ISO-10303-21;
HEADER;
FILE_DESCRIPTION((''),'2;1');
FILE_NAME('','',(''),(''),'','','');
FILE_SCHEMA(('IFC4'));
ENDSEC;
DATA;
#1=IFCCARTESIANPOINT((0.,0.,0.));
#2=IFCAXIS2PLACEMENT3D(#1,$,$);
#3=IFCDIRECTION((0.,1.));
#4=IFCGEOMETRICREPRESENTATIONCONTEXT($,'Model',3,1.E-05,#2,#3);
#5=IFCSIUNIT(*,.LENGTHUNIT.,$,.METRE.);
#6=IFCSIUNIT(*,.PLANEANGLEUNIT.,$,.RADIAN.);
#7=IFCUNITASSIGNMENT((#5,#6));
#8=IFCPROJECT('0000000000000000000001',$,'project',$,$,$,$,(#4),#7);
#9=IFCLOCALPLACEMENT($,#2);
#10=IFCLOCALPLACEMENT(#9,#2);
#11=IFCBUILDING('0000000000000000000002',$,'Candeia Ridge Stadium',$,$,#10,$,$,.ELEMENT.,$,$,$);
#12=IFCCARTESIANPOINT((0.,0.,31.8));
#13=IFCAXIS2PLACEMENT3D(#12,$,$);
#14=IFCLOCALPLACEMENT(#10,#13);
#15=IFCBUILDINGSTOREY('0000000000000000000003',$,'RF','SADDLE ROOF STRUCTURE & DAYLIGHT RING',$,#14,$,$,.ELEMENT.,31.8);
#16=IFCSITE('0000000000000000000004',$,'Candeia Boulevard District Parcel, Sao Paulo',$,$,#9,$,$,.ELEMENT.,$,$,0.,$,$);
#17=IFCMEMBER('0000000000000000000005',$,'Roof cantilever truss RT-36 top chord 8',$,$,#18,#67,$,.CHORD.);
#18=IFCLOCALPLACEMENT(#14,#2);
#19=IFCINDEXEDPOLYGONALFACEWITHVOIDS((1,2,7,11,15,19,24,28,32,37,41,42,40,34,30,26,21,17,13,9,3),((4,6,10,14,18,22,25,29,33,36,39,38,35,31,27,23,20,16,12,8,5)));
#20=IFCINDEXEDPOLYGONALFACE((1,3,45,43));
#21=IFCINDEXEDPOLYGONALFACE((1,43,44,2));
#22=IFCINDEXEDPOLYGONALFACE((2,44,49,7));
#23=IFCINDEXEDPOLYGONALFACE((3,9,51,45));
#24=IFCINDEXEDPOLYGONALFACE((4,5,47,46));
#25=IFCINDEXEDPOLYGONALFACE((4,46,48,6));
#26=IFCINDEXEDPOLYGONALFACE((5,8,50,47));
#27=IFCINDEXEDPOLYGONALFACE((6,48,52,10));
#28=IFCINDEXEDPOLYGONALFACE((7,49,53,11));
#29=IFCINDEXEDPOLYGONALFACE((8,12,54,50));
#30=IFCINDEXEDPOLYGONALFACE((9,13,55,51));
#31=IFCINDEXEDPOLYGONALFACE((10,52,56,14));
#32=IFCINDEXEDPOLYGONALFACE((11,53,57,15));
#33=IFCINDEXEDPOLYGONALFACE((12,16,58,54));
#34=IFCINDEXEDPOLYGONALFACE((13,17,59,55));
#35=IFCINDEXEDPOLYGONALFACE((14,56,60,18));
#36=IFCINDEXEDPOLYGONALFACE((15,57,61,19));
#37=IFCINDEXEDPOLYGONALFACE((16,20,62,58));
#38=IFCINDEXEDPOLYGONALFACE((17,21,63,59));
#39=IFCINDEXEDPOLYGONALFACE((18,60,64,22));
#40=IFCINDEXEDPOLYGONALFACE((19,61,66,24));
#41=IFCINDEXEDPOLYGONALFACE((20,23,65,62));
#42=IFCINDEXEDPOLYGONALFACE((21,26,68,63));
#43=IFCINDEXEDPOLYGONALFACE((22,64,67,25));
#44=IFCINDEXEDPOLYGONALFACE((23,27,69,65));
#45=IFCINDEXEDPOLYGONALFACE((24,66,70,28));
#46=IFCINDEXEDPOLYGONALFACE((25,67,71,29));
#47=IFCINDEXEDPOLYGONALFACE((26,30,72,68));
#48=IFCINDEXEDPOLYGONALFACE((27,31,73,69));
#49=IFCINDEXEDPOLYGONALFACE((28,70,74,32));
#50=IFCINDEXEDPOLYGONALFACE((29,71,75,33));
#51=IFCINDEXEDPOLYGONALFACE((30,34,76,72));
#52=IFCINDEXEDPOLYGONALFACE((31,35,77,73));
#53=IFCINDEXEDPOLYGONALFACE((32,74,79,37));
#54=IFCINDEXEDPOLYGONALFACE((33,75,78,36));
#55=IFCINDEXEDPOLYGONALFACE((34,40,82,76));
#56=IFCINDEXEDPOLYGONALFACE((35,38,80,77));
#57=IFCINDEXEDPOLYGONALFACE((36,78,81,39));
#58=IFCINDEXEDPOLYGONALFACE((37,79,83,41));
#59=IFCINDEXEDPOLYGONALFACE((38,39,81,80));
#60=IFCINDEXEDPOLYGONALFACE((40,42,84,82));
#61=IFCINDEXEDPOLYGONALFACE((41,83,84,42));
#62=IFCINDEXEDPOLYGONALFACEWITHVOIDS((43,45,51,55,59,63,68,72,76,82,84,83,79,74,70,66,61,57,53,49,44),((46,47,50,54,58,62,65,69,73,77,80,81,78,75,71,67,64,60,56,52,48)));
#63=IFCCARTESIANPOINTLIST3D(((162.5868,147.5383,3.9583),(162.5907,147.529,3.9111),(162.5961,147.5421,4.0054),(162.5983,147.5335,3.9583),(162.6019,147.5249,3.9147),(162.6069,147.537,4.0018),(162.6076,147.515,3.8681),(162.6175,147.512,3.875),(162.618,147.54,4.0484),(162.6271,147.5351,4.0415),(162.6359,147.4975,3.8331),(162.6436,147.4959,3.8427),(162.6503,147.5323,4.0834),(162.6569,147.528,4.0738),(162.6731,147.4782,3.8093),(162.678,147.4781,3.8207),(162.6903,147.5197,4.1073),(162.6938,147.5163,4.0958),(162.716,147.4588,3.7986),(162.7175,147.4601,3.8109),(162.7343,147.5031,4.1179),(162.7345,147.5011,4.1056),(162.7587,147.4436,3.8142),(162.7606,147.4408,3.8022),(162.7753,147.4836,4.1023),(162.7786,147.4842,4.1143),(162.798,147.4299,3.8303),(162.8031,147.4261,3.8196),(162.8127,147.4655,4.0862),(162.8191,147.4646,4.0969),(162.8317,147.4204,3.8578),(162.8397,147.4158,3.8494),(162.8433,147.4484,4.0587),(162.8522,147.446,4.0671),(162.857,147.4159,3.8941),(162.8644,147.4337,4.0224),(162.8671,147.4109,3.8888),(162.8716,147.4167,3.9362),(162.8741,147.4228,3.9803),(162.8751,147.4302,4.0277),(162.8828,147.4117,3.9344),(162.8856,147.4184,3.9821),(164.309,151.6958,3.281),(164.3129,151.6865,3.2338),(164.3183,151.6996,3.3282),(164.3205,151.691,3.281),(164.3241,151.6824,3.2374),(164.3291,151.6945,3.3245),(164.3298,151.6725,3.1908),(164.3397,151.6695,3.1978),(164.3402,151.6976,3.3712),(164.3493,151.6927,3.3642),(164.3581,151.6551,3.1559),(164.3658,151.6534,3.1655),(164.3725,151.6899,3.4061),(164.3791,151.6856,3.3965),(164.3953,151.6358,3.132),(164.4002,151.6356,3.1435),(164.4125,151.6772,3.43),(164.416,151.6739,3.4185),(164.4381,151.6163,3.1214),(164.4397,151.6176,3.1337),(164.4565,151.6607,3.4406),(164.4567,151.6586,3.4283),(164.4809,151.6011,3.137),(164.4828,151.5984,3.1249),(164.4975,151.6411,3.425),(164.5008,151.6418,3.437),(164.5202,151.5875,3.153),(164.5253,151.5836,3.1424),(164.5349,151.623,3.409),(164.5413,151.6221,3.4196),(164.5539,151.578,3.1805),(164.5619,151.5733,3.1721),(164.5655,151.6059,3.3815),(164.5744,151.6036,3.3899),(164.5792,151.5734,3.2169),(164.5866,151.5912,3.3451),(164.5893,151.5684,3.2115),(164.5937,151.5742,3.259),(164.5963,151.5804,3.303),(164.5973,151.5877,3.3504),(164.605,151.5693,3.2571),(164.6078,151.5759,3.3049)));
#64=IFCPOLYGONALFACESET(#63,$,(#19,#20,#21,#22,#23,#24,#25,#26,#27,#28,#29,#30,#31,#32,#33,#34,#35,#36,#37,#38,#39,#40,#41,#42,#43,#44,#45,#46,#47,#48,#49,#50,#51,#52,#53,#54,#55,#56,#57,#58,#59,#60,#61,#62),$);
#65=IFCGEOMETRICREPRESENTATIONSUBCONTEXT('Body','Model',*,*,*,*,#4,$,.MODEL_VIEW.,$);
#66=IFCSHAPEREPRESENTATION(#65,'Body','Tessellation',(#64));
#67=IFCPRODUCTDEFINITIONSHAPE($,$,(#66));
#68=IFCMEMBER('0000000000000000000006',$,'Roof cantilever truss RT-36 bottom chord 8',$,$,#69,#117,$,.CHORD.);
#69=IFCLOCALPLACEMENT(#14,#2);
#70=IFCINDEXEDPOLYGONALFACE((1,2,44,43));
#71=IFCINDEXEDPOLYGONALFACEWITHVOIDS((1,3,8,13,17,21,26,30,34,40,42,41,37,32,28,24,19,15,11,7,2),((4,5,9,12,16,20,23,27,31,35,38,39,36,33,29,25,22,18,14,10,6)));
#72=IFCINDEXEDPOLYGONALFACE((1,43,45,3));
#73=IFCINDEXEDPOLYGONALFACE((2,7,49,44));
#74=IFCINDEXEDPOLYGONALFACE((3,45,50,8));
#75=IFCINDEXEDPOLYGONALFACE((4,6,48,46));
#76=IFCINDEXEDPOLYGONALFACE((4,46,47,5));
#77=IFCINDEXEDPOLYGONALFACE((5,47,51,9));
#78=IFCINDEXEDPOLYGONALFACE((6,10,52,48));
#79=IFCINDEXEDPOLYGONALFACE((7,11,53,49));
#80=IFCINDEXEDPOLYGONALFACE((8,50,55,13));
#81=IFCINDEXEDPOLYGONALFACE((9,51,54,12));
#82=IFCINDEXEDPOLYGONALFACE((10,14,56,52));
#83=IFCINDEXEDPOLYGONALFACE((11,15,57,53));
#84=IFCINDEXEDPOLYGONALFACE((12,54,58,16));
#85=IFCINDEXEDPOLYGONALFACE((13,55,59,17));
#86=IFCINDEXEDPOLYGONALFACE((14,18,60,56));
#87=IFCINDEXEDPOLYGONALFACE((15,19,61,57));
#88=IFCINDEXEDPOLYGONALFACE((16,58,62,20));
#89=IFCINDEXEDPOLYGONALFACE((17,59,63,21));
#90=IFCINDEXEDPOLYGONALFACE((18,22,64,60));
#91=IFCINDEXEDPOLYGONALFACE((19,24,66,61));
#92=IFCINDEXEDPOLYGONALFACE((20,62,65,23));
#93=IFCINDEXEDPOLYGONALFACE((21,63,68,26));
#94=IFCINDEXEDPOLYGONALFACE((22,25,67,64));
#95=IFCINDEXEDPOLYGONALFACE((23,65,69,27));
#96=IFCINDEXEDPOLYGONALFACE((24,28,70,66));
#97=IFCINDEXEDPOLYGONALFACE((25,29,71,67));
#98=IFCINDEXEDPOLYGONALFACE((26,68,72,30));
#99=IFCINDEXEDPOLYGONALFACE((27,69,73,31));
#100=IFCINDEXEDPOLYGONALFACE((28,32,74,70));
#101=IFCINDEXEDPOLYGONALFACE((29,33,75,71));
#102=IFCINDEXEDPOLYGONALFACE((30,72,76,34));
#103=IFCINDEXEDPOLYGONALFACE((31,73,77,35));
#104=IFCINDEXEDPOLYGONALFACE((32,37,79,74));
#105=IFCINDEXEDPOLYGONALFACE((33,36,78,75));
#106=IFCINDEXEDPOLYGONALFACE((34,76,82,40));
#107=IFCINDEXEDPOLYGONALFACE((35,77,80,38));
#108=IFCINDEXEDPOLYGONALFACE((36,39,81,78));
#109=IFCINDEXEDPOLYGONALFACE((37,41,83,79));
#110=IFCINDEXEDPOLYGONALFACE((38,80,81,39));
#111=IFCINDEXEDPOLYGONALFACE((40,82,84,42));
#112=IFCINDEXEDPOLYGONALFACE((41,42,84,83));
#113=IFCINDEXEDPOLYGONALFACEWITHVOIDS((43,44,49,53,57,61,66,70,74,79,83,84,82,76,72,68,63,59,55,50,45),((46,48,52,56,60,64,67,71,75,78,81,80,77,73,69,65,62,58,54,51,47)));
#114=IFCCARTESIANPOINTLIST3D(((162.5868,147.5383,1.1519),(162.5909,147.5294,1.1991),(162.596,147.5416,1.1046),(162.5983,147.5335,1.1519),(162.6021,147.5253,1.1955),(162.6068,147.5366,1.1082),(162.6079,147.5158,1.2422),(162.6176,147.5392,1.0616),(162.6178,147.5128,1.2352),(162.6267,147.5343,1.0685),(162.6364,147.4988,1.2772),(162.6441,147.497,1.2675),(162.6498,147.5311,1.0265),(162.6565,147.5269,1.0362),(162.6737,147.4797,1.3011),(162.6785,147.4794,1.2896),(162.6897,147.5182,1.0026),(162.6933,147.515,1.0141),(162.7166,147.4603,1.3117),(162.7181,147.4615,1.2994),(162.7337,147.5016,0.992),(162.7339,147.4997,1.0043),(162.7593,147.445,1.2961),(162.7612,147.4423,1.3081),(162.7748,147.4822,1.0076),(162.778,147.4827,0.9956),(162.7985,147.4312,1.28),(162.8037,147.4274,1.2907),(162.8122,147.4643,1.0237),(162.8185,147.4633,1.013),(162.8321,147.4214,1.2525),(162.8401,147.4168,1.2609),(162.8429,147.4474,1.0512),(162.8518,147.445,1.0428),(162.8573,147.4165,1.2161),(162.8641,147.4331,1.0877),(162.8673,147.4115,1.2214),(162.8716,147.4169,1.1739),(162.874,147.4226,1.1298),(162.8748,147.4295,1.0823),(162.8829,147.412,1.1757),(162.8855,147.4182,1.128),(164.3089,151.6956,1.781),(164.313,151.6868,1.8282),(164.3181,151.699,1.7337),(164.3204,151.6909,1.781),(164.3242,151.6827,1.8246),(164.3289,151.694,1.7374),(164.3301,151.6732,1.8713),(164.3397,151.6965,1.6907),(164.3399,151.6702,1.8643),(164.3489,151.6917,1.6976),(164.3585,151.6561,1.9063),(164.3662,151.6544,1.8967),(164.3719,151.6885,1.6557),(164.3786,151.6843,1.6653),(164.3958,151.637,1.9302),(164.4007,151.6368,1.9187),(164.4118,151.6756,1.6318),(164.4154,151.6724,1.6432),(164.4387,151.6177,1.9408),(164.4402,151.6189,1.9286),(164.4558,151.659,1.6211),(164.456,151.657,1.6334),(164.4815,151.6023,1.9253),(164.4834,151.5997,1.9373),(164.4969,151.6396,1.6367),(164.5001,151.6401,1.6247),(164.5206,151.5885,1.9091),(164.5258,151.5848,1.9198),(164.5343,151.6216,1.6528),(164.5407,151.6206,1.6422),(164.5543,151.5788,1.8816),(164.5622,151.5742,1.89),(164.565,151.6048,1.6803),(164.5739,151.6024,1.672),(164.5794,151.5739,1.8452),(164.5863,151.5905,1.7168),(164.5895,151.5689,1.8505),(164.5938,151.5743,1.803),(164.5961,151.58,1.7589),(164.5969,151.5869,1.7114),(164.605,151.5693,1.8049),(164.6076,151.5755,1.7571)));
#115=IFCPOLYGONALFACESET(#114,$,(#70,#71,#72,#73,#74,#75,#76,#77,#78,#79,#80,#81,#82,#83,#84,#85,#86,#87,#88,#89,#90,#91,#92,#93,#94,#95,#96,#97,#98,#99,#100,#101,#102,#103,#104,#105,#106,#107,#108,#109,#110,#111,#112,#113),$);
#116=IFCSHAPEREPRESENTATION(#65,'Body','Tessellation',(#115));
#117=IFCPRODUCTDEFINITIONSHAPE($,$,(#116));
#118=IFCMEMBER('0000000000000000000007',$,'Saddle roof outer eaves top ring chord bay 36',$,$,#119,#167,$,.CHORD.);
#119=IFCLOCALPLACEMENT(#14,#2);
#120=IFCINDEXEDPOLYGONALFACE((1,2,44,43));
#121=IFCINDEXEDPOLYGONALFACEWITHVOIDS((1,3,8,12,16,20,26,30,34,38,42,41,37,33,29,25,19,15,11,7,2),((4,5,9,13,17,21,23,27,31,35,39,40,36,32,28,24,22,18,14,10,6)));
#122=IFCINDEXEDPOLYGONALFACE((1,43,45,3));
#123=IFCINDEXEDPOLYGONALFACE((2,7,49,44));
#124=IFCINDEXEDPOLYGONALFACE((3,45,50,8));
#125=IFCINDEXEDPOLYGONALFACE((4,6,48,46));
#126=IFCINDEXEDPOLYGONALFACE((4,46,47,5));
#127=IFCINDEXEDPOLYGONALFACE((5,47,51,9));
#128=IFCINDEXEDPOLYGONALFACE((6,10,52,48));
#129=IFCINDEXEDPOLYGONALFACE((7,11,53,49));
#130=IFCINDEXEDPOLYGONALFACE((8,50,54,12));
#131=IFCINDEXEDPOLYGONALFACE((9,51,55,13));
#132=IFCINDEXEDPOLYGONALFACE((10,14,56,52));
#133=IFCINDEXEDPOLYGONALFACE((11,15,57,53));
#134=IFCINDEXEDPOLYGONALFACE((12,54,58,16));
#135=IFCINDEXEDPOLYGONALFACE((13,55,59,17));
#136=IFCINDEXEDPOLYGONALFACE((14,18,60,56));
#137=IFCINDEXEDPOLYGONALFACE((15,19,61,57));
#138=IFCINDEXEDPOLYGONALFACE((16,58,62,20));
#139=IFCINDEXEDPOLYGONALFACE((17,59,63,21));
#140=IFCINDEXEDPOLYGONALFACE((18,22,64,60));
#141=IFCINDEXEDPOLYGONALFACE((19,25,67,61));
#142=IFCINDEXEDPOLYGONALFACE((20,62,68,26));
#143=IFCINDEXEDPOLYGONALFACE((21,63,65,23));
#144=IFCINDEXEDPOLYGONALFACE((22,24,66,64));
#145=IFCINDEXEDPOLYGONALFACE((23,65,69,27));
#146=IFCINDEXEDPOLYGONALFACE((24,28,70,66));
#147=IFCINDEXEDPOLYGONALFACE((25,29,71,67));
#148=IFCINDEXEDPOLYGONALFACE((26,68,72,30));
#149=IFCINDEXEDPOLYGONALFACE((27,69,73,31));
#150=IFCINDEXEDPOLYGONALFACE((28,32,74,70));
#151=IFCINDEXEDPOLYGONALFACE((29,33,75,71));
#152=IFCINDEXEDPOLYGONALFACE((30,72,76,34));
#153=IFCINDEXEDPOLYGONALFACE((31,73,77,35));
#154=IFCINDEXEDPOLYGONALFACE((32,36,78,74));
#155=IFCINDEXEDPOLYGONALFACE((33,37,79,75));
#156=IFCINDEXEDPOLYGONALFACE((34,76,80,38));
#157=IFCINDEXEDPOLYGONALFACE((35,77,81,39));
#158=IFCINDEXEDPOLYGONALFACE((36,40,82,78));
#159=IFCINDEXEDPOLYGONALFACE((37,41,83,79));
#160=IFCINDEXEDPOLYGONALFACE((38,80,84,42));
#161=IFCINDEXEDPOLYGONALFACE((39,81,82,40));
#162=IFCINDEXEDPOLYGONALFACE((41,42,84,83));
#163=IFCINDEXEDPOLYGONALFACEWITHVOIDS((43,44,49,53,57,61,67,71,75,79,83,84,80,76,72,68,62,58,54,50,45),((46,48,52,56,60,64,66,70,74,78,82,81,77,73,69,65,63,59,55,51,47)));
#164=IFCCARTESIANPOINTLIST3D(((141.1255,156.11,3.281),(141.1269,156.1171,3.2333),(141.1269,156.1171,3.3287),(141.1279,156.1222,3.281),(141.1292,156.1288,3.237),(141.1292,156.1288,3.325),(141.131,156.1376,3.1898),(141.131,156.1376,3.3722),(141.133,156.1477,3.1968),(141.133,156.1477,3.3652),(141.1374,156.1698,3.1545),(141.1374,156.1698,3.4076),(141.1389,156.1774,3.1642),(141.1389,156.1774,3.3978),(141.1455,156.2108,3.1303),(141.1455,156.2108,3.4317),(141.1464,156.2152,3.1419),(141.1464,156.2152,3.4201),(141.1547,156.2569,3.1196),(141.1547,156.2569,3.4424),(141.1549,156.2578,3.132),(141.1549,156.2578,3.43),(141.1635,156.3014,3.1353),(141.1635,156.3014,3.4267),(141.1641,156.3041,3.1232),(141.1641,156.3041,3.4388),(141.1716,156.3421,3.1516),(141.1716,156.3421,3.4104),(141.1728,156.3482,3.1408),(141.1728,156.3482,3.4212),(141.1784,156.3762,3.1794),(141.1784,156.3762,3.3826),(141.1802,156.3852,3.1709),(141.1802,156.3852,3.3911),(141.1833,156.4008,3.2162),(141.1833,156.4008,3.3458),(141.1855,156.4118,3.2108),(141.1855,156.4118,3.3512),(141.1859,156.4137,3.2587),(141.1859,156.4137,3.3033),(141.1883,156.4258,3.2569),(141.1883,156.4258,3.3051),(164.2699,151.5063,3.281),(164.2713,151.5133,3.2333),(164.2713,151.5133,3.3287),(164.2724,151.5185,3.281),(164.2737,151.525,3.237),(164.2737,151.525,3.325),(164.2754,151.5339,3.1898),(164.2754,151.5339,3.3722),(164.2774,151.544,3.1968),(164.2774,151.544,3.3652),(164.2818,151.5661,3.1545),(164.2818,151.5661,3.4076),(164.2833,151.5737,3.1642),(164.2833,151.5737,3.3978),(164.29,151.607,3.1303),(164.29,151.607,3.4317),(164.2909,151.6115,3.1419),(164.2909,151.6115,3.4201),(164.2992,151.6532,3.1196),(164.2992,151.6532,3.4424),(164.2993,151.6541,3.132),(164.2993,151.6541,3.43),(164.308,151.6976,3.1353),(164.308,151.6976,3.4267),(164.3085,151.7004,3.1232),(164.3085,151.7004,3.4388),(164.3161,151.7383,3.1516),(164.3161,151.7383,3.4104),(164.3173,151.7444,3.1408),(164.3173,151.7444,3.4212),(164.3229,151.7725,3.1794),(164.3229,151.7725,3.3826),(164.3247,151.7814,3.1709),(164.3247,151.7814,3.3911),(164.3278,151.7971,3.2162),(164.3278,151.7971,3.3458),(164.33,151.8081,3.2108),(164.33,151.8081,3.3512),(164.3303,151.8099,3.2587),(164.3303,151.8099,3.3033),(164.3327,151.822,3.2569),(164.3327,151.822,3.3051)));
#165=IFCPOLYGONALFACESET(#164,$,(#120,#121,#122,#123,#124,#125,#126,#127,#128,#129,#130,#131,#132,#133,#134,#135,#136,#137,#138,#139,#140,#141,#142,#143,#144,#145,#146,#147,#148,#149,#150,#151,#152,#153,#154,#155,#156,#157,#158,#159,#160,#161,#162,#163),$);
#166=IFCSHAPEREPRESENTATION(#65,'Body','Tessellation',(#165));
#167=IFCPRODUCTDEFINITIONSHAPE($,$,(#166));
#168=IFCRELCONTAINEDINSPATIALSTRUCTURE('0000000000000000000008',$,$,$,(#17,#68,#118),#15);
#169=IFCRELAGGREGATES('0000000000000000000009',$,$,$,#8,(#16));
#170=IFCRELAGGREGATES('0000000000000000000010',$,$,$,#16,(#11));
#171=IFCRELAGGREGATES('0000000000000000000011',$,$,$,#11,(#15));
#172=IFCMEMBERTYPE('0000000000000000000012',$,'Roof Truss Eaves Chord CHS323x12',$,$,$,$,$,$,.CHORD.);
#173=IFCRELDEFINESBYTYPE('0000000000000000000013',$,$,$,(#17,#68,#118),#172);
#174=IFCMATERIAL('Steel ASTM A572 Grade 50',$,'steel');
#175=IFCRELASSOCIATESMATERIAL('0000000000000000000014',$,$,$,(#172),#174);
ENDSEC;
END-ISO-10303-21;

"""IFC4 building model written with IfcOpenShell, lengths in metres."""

from ifc_helpers import new_model, si_unit, direction, frame, origin, origin_2d, place, context, subcontext, project, spatial, hollow_circle, extrude, material, material_profile, profile_set, type_object, element, save


model = new_model("IFC4")

# Units and contexts
model_context = context("Model", 3, precision=1e-05, world=origin(), true_north=direction((0.0, 1.0)))
body_context = subcontext(model_context, "Body", "Model", "MODEL_VIEW")
ifc_project = project(units=[si_unit("LENGTHUNIT", "METRE"), si_unit("PLANEANGLEUNIT", "RADIAN")], contexts=[model_context])

# Site, building, storey
site_placement = place(None, origin())
site = spatial("IfcSite", under=ifc_project, at=site_placement, Name="Candeia Boulevard District Parcel, Sao Paulo", CompositionType="ELEMENT", RefElevation=0.0)
building_placement = place(site_placement, origin())
building = spatial("IfcBuilding", under=site, at=building_placement, Name="Candeia Ridge Stadium", CompositionType="ELEMENT")
storey_placement = place(building_placement, frame((0.0, 0.0, 31.8)))
storey = spatial("IfcBuildingStorey", under=building, at=storey_placement, Name="RF", Description="SADDLE ROOF STRUCTURE & DAYLIGHT RING", CompositionType="ELEMENT", Elevation=31.8)

# Shared definitions
ifc_material_1 = material(Name="Steel ASTM A572 Grade 50", Category="steel")

# Members
ifc_material_profile_1 = material_profile(ifc_material_1, hollow_circle(Radius=0.1619, WallThickness=0.0125, at=origin_2d()), Name="CHS323x12", Category="steel")
ifc_profile_set_1 = profile_set([ifc_material_profile_1], Name="Steel ASTM A572 Grade 50")
member_type_1 = type_object("IfcMemberType", Name="Roof Truss Eaves Chord CHS323x12", PredefinedType="CHORD", material=ifc_profile_set_1)
member_1_placement = place(storey_placement, frame((162.7363, 147.4763, 3.9583), z_axis=(0.378438, 0.913584, -0.148822), x_axis=(-0.923873, 0.3827, 0.0)))
element("IfcMember", 1, at=member_1_placement, inside=storey, type_object=member_type_1, Name="Roof cantilever truss RT-36 top chord 8", PredefinedType="CHORD", context=body_context, shape_type="SweptSolid", body=[
    extrude(hollow_circle(Radius=0.1619, WallThickness=0.0125, at=origin_2d()), origin(), (0.0, 0.0, 1.0), 4.5508),
])
member_2_placement = place(storey_placement, frame((162.7363, 147.4763, 1.1519), z_axis=(0.379014, 0.914974, 0.138463), x_axis=(-0.923873, 0.3827, 0.0)))
element("IfcMember", 2, at=member_2_placement, inside=storey, type_object=member_type_1, Name="Roof cantilever truss RT-36 bottom chord 8", PredefinedType="CHORD", context=body_context, shape_type="SweptSolid", body=[
    extrude(hollow_circle(Radius=0.1619, WallThickness=0.0125, at=origin_2d()), origin(), (0.0, 0.0, 1.0), 4.5437),
])
for number, where, z_axis, x_axis, name in (
    (3, (164.3015, 151.665, 3.281), (-0.980785, 0.195091, 0.0), (-0.195091, -0.980785, 0.0), "Saddle roof outer eaves top ring chord bay 36"),
):
    element("IfcMember", number, at=place(storey_placement, frame(where, z_axis=z_axis, x_axis=x_axis)), inside=storey, type_object=member_type_1, Name=name, PredefinedType="CHORD", context=body_context, shape_type="SweptSolid", body=[
        extrude(hollow_circle(Radius=0.1619, WallThickness=0.0125, at=origin_2d()), origin(), (0.0, 0.0, 1.0), 23.5979),
    ])

save(model, "model.ifc")
